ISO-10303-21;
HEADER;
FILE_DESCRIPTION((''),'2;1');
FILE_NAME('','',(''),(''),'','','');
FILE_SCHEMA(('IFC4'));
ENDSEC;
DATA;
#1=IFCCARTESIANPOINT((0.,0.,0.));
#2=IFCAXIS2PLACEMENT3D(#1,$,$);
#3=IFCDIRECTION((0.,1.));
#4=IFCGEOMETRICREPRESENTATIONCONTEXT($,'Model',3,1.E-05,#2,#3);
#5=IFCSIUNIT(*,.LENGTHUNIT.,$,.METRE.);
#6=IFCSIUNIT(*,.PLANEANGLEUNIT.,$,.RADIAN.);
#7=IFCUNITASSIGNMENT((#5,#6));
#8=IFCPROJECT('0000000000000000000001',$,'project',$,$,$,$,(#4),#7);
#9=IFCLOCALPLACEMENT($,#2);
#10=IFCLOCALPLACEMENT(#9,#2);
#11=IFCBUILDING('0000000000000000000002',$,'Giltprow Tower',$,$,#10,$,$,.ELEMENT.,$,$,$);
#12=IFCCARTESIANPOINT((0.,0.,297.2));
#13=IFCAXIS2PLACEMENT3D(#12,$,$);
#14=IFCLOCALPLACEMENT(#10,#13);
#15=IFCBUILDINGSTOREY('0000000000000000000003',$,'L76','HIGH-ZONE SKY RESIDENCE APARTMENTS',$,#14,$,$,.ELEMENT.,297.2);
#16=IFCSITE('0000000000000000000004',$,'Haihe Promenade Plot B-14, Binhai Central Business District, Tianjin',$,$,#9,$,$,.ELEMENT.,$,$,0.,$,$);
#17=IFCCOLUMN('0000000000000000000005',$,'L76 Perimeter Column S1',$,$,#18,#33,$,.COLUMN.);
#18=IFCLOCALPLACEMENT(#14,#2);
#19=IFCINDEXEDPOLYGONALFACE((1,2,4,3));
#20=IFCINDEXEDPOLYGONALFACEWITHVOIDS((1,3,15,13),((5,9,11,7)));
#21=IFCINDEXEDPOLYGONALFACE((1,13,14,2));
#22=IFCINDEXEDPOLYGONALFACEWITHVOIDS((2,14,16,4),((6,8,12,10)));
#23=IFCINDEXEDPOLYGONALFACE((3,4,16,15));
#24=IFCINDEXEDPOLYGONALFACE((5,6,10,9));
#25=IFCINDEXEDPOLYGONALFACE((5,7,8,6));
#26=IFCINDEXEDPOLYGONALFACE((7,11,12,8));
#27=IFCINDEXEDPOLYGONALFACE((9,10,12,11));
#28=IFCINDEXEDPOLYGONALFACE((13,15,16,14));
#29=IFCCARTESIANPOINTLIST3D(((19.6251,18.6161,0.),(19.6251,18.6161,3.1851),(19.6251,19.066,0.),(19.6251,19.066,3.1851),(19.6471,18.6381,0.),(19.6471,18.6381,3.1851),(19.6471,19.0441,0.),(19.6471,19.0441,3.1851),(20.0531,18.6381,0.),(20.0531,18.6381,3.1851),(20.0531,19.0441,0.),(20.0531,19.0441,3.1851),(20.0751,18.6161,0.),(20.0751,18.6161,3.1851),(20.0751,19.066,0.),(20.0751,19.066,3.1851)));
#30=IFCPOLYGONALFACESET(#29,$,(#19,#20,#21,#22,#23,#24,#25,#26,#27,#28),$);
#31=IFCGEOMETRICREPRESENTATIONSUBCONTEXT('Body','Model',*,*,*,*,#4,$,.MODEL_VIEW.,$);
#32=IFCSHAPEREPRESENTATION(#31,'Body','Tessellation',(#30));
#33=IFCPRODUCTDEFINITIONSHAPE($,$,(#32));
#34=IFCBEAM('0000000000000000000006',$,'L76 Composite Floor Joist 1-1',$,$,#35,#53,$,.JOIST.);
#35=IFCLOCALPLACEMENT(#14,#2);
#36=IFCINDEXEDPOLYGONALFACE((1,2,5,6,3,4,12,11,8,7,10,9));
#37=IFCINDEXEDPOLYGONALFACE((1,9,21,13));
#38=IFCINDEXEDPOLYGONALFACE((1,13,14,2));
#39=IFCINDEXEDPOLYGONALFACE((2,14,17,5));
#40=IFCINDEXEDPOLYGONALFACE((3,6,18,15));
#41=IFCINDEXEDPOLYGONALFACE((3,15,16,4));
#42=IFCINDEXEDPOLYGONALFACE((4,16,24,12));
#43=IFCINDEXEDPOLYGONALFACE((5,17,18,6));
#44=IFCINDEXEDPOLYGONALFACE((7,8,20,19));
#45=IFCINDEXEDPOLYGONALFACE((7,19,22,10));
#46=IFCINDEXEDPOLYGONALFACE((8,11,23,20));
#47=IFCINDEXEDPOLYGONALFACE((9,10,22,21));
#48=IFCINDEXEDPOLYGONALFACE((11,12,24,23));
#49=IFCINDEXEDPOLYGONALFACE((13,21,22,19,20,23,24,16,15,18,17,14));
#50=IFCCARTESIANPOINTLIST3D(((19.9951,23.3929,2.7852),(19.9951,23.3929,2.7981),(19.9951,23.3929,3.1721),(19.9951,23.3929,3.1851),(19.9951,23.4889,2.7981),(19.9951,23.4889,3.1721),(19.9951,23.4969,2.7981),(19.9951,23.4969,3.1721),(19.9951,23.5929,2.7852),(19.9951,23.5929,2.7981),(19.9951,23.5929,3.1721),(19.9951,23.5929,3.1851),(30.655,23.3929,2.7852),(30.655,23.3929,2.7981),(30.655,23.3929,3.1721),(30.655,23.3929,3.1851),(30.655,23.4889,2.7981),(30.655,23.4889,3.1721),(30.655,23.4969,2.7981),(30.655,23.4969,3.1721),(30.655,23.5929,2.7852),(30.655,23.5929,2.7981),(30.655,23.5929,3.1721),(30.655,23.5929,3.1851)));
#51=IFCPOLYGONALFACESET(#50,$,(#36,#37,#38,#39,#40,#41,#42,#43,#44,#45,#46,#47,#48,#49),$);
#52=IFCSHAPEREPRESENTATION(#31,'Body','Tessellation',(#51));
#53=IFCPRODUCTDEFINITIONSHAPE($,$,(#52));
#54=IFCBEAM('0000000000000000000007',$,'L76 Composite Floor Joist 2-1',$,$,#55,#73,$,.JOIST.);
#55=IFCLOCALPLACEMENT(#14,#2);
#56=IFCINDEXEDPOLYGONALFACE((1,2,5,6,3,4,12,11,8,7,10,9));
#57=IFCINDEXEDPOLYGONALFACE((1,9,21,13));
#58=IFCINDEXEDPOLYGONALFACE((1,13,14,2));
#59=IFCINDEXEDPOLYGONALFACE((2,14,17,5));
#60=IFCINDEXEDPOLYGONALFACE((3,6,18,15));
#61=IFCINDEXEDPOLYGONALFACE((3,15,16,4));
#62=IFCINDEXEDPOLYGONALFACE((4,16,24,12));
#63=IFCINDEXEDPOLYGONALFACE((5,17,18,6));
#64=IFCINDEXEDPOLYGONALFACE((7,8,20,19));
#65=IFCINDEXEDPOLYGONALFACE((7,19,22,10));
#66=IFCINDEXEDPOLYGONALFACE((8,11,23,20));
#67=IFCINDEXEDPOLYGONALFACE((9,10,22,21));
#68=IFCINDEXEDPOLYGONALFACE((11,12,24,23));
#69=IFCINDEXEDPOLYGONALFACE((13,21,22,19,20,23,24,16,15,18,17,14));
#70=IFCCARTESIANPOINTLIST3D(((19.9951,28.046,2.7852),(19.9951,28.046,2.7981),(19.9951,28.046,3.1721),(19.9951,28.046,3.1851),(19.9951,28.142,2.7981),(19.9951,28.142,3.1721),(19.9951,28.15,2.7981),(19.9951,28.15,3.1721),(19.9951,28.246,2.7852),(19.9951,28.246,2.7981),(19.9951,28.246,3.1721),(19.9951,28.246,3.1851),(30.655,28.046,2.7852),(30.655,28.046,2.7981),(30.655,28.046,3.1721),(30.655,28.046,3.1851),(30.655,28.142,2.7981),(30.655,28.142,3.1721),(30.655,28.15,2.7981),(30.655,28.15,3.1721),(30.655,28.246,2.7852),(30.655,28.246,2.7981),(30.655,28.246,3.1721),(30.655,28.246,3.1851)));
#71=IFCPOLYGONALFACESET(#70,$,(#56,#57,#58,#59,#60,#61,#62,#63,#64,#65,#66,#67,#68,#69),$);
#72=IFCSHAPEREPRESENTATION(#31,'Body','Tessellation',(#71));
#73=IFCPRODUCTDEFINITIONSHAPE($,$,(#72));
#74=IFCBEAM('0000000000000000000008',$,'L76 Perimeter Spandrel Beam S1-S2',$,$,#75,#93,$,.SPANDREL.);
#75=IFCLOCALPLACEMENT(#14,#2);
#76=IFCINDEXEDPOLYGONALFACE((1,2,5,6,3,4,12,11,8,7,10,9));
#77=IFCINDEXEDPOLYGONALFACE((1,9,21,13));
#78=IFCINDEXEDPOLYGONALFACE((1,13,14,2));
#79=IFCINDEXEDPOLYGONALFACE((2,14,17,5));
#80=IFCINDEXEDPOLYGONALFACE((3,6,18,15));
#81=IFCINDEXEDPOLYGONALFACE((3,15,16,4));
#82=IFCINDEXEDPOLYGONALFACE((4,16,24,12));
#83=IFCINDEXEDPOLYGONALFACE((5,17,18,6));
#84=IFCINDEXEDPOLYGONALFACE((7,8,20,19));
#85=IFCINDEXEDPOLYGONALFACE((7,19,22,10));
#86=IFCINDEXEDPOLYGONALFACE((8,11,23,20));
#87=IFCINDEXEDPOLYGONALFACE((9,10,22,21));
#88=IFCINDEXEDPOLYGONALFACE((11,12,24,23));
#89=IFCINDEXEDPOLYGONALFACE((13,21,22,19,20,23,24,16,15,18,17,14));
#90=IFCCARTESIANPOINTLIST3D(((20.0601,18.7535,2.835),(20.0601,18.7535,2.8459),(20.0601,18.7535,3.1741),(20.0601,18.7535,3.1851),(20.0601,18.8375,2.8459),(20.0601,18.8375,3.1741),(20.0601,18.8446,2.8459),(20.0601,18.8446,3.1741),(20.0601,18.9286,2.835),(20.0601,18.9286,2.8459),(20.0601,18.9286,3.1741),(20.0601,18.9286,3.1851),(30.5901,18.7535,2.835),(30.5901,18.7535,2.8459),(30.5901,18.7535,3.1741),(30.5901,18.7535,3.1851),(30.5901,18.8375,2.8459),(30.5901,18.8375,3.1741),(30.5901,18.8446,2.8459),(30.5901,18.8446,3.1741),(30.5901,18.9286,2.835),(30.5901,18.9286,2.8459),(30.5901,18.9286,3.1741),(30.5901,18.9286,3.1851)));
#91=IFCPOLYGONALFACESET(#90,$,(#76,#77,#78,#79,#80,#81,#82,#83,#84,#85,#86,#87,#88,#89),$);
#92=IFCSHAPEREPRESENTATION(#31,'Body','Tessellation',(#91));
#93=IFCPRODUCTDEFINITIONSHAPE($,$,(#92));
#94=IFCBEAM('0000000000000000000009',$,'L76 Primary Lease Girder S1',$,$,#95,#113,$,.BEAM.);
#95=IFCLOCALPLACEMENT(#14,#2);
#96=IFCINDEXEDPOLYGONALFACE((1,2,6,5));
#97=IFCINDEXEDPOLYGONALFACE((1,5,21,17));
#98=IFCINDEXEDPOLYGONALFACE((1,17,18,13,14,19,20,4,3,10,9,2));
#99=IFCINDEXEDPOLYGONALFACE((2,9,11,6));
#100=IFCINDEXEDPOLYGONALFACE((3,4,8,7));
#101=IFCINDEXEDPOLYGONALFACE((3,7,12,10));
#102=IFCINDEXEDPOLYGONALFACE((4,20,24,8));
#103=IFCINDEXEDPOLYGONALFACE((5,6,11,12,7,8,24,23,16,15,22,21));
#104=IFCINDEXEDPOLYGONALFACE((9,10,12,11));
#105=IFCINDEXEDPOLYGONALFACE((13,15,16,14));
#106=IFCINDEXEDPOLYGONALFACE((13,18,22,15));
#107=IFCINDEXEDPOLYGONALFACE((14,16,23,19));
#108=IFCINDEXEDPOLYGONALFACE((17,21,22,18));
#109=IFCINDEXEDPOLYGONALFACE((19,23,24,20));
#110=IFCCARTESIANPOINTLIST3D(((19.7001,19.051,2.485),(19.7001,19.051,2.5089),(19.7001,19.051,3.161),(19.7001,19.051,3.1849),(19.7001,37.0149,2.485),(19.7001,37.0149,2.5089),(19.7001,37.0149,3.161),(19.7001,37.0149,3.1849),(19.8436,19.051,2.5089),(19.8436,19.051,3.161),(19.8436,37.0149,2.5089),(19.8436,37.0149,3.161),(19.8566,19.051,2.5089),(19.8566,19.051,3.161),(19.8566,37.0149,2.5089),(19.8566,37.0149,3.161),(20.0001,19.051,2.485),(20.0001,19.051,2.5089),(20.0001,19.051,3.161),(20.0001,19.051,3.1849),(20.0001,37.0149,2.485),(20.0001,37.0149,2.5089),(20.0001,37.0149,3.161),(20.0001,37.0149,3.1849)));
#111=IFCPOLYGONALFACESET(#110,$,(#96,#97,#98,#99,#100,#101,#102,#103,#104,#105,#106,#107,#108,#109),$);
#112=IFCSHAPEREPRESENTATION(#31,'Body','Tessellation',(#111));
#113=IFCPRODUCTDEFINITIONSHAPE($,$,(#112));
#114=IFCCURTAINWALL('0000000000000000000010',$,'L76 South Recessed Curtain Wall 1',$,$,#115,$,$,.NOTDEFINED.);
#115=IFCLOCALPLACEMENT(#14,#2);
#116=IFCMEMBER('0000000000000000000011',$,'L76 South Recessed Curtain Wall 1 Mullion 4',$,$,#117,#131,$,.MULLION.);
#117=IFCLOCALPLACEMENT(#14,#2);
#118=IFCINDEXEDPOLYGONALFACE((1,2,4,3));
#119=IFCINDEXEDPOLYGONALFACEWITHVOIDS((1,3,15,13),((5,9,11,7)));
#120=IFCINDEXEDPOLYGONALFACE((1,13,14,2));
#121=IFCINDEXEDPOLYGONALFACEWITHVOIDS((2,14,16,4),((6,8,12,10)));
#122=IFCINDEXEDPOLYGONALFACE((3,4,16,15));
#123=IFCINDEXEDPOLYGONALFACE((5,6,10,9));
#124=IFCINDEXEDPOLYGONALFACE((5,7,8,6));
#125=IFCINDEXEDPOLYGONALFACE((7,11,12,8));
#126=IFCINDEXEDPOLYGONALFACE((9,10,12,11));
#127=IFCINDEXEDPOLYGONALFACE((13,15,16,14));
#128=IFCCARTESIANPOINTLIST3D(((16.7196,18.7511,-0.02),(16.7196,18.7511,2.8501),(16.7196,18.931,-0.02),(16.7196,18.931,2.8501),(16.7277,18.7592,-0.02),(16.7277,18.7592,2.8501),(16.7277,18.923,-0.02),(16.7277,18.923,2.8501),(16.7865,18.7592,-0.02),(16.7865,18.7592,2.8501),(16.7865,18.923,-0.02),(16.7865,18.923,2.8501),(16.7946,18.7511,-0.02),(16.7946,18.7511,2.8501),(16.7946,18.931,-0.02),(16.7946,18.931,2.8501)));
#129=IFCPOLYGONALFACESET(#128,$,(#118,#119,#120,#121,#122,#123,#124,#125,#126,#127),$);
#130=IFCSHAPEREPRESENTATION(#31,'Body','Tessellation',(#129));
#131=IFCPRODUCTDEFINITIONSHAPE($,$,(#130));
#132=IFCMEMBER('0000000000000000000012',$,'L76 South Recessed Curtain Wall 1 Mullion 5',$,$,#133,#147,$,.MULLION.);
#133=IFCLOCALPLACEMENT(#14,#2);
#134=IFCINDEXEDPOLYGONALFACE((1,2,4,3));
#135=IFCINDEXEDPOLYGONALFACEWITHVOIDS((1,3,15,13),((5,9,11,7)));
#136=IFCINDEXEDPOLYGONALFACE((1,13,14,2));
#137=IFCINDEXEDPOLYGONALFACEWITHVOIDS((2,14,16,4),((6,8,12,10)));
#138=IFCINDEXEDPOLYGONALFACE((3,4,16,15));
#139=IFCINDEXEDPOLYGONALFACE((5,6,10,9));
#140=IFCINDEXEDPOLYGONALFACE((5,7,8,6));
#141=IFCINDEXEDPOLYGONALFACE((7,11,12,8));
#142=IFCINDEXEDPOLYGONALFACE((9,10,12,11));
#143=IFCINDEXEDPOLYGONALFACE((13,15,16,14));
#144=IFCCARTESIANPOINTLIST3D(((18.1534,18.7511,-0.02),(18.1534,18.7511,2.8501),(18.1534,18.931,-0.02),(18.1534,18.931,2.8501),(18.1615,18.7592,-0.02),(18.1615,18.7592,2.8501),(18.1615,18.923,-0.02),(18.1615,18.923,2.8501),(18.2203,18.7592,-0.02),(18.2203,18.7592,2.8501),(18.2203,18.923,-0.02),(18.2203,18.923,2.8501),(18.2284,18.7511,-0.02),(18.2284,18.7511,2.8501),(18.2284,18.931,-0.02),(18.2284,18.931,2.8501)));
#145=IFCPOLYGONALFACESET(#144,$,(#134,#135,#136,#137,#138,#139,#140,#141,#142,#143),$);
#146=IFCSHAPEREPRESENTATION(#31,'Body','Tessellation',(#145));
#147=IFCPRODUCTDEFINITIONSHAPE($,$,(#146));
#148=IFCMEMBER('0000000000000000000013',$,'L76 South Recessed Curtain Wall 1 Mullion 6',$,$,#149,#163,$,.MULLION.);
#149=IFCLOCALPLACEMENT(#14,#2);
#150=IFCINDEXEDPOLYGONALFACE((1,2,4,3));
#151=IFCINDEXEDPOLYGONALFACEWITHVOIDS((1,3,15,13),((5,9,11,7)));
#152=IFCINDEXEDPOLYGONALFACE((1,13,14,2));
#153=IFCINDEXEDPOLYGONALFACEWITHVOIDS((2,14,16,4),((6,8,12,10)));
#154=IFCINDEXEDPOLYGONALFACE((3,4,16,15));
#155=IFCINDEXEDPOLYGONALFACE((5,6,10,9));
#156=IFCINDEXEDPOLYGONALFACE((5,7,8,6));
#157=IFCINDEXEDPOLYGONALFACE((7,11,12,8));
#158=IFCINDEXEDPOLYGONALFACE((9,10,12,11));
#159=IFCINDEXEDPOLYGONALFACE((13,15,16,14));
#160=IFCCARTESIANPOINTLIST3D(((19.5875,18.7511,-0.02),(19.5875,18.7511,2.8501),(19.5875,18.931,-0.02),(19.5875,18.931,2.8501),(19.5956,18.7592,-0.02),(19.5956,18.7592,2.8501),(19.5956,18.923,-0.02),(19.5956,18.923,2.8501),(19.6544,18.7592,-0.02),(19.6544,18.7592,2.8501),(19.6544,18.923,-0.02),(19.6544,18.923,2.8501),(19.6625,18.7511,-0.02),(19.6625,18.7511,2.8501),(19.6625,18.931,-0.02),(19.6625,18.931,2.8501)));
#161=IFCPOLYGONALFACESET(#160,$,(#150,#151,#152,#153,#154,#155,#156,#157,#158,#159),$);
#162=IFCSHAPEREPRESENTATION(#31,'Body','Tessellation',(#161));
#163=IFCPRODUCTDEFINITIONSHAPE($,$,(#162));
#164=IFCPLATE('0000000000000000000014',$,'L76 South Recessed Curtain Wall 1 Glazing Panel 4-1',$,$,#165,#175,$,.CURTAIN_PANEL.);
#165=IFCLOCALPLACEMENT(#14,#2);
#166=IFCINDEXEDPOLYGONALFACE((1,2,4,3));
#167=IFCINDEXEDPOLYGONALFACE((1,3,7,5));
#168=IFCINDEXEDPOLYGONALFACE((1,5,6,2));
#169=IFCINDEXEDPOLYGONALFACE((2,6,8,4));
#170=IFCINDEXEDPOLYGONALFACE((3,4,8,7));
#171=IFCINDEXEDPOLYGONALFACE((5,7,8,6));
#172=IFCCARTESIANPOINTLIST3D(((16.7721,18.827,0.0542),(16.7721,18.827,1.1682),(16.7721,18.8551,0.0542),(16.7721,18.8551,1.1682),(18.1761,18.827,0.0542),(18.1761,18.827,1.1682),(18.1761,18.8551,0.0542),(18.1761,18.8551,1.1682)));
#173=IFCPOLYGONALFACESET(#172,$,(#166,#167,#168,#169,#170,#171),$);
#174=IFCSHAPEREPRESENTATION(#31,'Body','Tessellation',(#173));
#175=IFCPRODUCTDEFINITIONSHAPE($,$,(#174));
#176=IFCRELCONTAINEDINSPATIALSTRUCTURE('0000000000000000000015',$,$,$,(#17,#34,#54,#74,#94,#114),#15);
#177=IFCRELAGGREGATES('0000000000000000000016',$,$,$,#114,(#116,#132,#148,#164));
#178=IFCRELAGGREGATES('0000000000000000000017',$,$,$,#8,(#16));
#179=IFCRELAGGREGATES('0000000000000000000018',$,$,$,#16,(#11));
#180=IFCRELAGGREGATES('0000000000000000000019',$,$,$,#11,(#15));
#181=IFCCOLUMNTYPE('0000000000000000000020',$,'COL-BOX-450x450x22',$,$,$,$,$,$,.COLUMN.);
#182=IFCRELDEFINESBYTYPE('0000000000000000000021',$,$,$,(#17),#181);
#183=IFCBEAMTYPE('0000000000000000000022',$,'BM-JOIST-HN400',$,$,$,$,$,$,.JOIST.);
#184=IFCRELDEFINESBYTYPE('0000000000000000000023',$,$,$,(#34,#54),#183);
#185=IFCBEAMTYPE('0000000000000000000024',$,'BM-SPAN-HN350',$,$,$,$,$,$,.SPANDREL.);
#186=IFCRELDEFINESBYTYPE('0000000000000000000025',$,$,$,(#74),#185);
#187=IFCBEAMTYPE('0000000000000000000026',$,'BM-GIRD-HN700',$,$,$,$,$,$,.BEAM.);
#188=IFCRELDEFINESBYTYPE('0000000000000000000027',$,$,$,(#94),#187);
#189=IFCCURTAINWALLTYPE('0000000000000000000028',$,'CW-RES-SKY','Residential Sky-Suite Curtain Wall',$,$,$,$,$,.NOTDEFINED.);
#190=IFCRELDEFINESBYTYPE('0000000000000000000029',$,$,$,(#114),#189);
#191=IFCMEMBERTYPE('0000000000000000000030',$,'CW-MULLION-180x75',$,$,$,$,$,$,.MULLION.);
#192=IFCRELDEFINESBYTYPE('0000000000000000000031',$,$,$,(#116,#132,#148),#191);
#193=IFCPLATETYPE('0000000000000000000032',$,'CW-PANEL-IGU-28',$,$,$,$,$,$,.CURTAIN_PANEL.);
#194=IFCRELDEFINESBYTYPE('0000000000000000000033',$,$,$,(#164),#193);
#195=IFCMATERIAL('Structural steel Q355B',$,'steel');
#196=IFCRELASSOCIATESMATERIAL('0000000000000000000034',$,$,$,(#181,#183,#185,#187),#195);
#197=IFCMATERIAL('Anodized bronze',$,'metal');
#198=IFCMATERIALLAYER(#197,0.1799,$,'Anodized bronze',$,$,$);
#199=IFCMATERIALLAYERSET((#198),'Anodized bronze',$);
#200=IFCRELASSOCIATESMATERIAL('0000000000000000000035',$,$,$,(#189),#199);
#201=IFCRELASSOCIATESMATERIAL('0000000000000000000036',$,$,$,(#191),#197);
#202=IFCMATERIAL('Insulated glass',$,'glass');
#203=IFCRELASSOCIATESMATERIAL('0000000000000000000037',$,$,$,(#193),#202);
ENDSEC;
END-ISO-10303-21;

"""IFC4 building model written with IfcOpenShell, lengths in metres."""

from ifc_helpers import new_model, si_unit, direction, frame, origin, origin_2d, place, context, subcontext, project, spatial, rectangle, hollow_rectangle, i_section, extrude, source, transform, mapped, material, layer, layer_set, material_profile, profile_set, type_object, element, aggregate, save


model = new_model("IFC4")

# Units and contexts
model_context = context("Model", 3, precision=1e-05, world=origin(), true_north=direction((0.0, 1.0)))
body_context = subcontext(model_context, "Body", "Model", "MODEL_VIEW")
ifc_project = project(units=[si_unit("LENGTHUNIT", "METRE"), si_unit("PLANEANGLEUNIT", "RADIAN")], contexts=[model_context])

# Site, building, storey
site_placement = place(None, origin())
site = spatial("IfcSite", under=ifc_project, at=site_placement, Name="Haihe Promenade Plot B-14, Binhai Central Business District, Tianjin", CompositionType="ELEMENT", RefElevation=0.0)
building_placement = place(site_placement, origin())
building = spatial("IfcBuilding", under=site, at=building_placement, Name="Giltprow Tower", CompositionType="ELEMENT")
storey_placement = place(building_placement, frame((0.0, 0.0, 297.2)))
storey = spatial("IfcBuildingStorey", under=building, at=storey_placement, Name="L76", Description="HIGH-ZONE SKY RESIDENCE APARTMENTS", CompositionType="ELEMENT", Elevation=297.2)

# Column
ifc_material_1 = material(Name="Structural steel Q355B", Category="steel")
ifc_material_profile_1 = material_profile(ifc_material_1, hollow_rectangle(XDim=0.45, YDim=0.45, WallThickness=0.022, at=origin_2d()), Name="BOX 450x450x22")
ifc_profile_set_1 = profile_set([ifc_material_profile_1], Name="Structural steel Q355B")
column_type = type_object("IfcColumnType", Name="COL-BOX-450x450x22", PredefinedType="COLUMN", material=ifc_profile_set_1)
shared_shape_1 = source(origin(), body_context, "Body", "SweptSolid", [
    extrude(hollow_rectangle(XDim=0.45, YDim=0.45, WallThickness=0.022, at=origin_2d()), origin(), (0.0, 0.0, 1.0), 3.1851),
])
column_placement = place(storey_placement, frame((19.8501, 18.8411, 0.0), z_axis=(0.0, 0.0, 1.0), x_axis=(1.0, 0.0, 0.0)))
element("IfcColumn", 1, at=column_placement, inside=storey, type_object=column_type, Name="L76 Perimeter Column S1", PredefinedType="COLUMN", context=body_context, shape_type="MappedRepresentation", body=[
    mapped(shared_shape_1, transform((0.0, 0.0, 0.0), x_axis=(1.0, 0.0, 0.0), y_axis=(0.0, 1.0, 0.0), z_axis=(0.0, 0.0, 1.0), scale=1.0)),
])

# Beams
ifc_material_profile_2 = material_profile(ifc_material_1, i_section(OverallWidth=0.2, OverallDepth=0.3999, WebThickness=0.0081, FlangeThickness=0.0129, at=origin_2d()), Name="HN 400x200x8x13")
ifc_profile_set_2 = profile_set([ifc_material_profile_2], Name="Structural steel Q355B")
beam_type_1 = type_object("IfcBeamType", Name="BM-JOIST-HN400", PredefinedType="JOIST", material=ifc_profile_set_2)
shared_shape_2 = source(origin(), body_context, "Body", "SweptSolid", [
    extrude(i_section(OverallWidth=0.2, OverallDepth=0.3999, WebThickness=0.0081, FlangeThickness=0.0129, at=origin_2d()), origin(), (0.0, 0.0, 1.0), 10.6599),
])
for number, where, z_axis, x_axis, name in (
    (2, (19.9951, 23.4929, 2.9851), (1.0, 0.0, 0.0), (0.0, 1.0, 0.0), "L76 Composite Floor Joist 1-1"),
    (3, (19.9951, 28.146, 2.9851), (1.0, 0.0, 0.0), (0.0, 1.0, 0.0), "L76 Composite Floor Joist 2-1"),
):
    element("IfcBeam", number, at=place(storey_placement, frame(where, z_axis=z_axis, x_axis=x_axis)), inside=storey, type_object=beam_type_1, Name=name, PredefinedType="JOIST", context=body_context, shape_type="MappedRepresentation", body=[
        mapped(shared_shape_2, transform((0.0, 0.0, 0.0), x_axis=(1.0, 0.0, 0.0), y_axis=(0.0, 1.0, 0.0), z_axis=(0.0, 0.0, 1.0), scale=1.0)),
    ])
ifc_material_profile_3 = material_profile(ifc_material_1, i_section(OverallWidth=0.175, OverallDepth=0.3501, WebThickness=0.0071, FlangeThickness=0.011, at=origin_2d()), Name="HN 350x175x7x11")
ifc_profile_set_3 = profile_set([ifc_material_profile_3], Name="Structural steel Q355B")
beam_type_2 = type_object("IfcBeamType", Name="BM-SPAN-HN350", PredefinedType="SPANDREL", material=ifc_profile_set_3)
shared_shape_3 = source(origin(), body_context, "Body", "SweptSolid", [
    extrude(i_section(OverallWidth=0.175, OverallDepth=0.3501, WebThickness=0.0071, FlangeThickness=0.011, at=origin_2d()), origin(), (0.0, 0.0, 1.0), 10.53),
])
beam_1_placement = place(storey_placement, frame((20.0601, 18.8411, 3.01), z_axis=(1.0, 0.0, 0.0), x_axis=(0.0, 1.0, 0.0)))
element("IfcBeam", 4, at=beam_1_placement, inside=storey, type_object=beam_type_2, Name="L76 Perimeter Spandrel Beam S1-S2", PredefinedType="SPANDREL", context=body_context, shape_type="MappedRepresentation", body=[
    mapped(shared_shape_3, transform((0.0, 0.0, 0.0), x_axis=(1.0, 0.0, 0.0), y_axis=(0.0, 1.0, 0.0), z_axis=(0.0, 0.0, 1.0), scale=1.0)),
])
ifc_material_profile_4 = material_profile(ifc_material_1, i_section(OverallWidth=0.3, OverallDepth=0.7, WebThickness=0.0129, FlangeThickness=0.0239, at=origin_2d()), Name="HN 700x300x13x24")
ifc_profile_set_4 = profile_set([ifc_material_profile_4], Name="Structural steel Q355B")
beam_type_3 = type_object("IfcBeamType", Name="BM-GIRD-HN700", PredefinedType="BEAM", material=ifc_profile_set_4)
shared_shape_4 = source(origin(), body_context, "Body", "SweptSolid", [
    extrude(i_section(OverallWidth=0.3, OverallDepth=0.7, WebThickness=0.0129, FlangeThickness=0.0239, at=origin_2d()), origin(), (0.0, 0.0, 1.0), 17.9639),
])
beam_2_placement = place(storey_placement, frame((19.8501, 19.051, 2.835), z_axis=(0.0, 1.0, 0.0), x_axis=(-1.0, 0.0, 0.0)))
element("IfcBeam", 5, at=beam_2_placement, inside=storey, type_object=beam_type_3, Name="L76 Primary Lease Girder S1", PredefinedType="BEAM", context=body_context, shape_type="MappedRepresentation", body=[
    mapped(shared_shape_4, transform((0.0, 0.0, 0.0), x_axis=(1.0, 0.0, 0.0), y_axis=(0.0, 1.0, 0.0), z_axis=(0.0, 0.0, 1.0), scale=1.0)),
])

# Curtain wall, members, plate
ifc_material_2 = material(Name="Anodized bronze", Category="metal")
ifc_layer_1 = layer(ifc_material_2, 0.1799, Name="Anodized bronze")
ifc_layer_set_1 = layer_set([ifc_layer_1], Name="Anodized bronze")
curtain_wall_type = type_object("IfcCurtainWallType", Name="CW-RES-SKY", Description="Residential Sky-Suite Curtain Wall", PredefinedType="NOTDEFINED", material=ifc_layer_set_1)
curtain_wall_placement = place(storey_placement, origin())
curtain_wall = element("IfcCurtainWall", 6, at=curtain_wall_placement, inside=storey, type_object=curtain_wall_type, Name="L76 South Recessed Curtain Wall 1", PredefinedType="NOTDEFINED")
ifc_material_profile_5 = material_profile(ifc_material_2, hollow_rectangle(XDim=0.075, YDim=0.1799, WallThickness=0.0081, at=origin_2d()), Name="RHS 180x75x8")
ifc_profile_set_5 = profile_set([ifc_material_profile_5], Name="Anodized bronze")
member_type = type_object("IfcMemberType", Name="CW-MULLION-180x75", PredefinedType="MULLION", material=ifc_profile_set_5)
shared_shape_5 = source(origin(), body_context, "Body", "SweptSolid", [
    extrude(hollow_rectangle(XDim=0.075, YDim=0.1799, WallThickness=0.0081, at=origin_2d()), origin(), (0.0, 0.0, 1.0), 2.8701),
])
member_1_placement = place(storey_placement, frame((16.7571, 18.8411, -0.02), z_axis=(0.0, 0.0, 1.0), x_axis=(1.0, 0.0, 0.0)))
member_1 = element("IfcMember", 7, at=member_1_placement, type_object=member_type, Name="L76 South Recessed Curtain Wall 1 Mullion 4", PredefinedType="MULLION", context=body_context, shape_type="MappedRepresentation", body=[
    mapped(shared_shape_5, transform((0.0, 0.0, 0.0), x_axis=(1.0, 0.0, 0.0), y_axis=(0.0, 1.0, 0.0), z_axis=(0.0, 0.0, 1.0), scale=1.0)),
])
member_2_placement = place(storey_placement, frame((18.1909, 18.8411, -0.02), z_axis=(0.0, 0.0, 1.0), x_axis=(1.0, 0.0, 0.0)))
member_2 = element("IfcMember", 8, at=member_2_placement, type_object=member_type, Name="L76 South Recessed Curtain Wall 1 Mullion 5", PredefinedType="MULLION", context=body_context, shape_type="MappedRepresentation", body=[
    mapped(shared_shape_5, transform((0.0, 0.0, 0.0), x_axis=(1.0, 0.0, 0.0), y_axis=(0.0, 1.0, 0.0), z_axis=(0.0, 0.0, 1.0), scale=1.0)),
])
member_3_placement = place(storey_placement, frame((19.625, 18.8411, -0.02), z_axis=(0.0, 0.0, 1.0), x_axis=(1.0, 0.0, 0.0)))
member_3 = element("IfcMember", 9, at=member_3_placement, type_object=member_type, Name="L76 South Recessed Curtain Wall 1 Mullion 6", PredefinedType="MULLION", context=body_context, shape_type="MappedRepresentation", body=[
    mapped(shared_shape_5, transform((0.0, 0.0, 0.0), x_axis=(1.0, 0.0, 0.0), y_axis=(0.0, 1.0, 0.0), z_axis=(0.0, 0.0, 1.0), scale=1.0)),
])
ifc_material_3 = material(Name="Insulated glass", Category="glass")
plate_type = type_object("IfcPlateType", Name="CW-PANEL-IGU-28", PredefinedType="CURTAIN_PANEL", material=ifc_material_3)
shared_shape_6 = source(origin(), body_context, "Body", "SweptSolid", [
    extrude(rectangle(XDim=1.4041, YDim=0.0281, at=origin_2d()), origin(), (0.0, 0.0, 1.0), 1.114),
])
plate_1_placement = place(storey_placement, frame((17.4741, 18.8411, 0.0542), z_axis=(0.0, 0.0, 1.0), x_axis=(1.0, 0.0, 0.0)))
plate_1 = element("IfcPlate", 10, at=plate_1_placement, type_object=plate_type, Name="L76 South Recessed Curtain Wall 1 Glazing Panel 4-1", PredefinedType="CURTAIN_PANEL", context=body_context, shape_type="MappedRepresentation", body=[
    mapped(shared_shape_6, transform((0.0, 0.0, 0.0), x_axis=(1.0, 0.0, 0.0), y_axis=(0.0, 1.0, 0.0), z_axis=(0.0, 0.0, 1.0), scale=1.0)),
])
aggregate(curtain_wall, [member_1, member_2, member_3, plate_1])

save(model, "model.ifc")
